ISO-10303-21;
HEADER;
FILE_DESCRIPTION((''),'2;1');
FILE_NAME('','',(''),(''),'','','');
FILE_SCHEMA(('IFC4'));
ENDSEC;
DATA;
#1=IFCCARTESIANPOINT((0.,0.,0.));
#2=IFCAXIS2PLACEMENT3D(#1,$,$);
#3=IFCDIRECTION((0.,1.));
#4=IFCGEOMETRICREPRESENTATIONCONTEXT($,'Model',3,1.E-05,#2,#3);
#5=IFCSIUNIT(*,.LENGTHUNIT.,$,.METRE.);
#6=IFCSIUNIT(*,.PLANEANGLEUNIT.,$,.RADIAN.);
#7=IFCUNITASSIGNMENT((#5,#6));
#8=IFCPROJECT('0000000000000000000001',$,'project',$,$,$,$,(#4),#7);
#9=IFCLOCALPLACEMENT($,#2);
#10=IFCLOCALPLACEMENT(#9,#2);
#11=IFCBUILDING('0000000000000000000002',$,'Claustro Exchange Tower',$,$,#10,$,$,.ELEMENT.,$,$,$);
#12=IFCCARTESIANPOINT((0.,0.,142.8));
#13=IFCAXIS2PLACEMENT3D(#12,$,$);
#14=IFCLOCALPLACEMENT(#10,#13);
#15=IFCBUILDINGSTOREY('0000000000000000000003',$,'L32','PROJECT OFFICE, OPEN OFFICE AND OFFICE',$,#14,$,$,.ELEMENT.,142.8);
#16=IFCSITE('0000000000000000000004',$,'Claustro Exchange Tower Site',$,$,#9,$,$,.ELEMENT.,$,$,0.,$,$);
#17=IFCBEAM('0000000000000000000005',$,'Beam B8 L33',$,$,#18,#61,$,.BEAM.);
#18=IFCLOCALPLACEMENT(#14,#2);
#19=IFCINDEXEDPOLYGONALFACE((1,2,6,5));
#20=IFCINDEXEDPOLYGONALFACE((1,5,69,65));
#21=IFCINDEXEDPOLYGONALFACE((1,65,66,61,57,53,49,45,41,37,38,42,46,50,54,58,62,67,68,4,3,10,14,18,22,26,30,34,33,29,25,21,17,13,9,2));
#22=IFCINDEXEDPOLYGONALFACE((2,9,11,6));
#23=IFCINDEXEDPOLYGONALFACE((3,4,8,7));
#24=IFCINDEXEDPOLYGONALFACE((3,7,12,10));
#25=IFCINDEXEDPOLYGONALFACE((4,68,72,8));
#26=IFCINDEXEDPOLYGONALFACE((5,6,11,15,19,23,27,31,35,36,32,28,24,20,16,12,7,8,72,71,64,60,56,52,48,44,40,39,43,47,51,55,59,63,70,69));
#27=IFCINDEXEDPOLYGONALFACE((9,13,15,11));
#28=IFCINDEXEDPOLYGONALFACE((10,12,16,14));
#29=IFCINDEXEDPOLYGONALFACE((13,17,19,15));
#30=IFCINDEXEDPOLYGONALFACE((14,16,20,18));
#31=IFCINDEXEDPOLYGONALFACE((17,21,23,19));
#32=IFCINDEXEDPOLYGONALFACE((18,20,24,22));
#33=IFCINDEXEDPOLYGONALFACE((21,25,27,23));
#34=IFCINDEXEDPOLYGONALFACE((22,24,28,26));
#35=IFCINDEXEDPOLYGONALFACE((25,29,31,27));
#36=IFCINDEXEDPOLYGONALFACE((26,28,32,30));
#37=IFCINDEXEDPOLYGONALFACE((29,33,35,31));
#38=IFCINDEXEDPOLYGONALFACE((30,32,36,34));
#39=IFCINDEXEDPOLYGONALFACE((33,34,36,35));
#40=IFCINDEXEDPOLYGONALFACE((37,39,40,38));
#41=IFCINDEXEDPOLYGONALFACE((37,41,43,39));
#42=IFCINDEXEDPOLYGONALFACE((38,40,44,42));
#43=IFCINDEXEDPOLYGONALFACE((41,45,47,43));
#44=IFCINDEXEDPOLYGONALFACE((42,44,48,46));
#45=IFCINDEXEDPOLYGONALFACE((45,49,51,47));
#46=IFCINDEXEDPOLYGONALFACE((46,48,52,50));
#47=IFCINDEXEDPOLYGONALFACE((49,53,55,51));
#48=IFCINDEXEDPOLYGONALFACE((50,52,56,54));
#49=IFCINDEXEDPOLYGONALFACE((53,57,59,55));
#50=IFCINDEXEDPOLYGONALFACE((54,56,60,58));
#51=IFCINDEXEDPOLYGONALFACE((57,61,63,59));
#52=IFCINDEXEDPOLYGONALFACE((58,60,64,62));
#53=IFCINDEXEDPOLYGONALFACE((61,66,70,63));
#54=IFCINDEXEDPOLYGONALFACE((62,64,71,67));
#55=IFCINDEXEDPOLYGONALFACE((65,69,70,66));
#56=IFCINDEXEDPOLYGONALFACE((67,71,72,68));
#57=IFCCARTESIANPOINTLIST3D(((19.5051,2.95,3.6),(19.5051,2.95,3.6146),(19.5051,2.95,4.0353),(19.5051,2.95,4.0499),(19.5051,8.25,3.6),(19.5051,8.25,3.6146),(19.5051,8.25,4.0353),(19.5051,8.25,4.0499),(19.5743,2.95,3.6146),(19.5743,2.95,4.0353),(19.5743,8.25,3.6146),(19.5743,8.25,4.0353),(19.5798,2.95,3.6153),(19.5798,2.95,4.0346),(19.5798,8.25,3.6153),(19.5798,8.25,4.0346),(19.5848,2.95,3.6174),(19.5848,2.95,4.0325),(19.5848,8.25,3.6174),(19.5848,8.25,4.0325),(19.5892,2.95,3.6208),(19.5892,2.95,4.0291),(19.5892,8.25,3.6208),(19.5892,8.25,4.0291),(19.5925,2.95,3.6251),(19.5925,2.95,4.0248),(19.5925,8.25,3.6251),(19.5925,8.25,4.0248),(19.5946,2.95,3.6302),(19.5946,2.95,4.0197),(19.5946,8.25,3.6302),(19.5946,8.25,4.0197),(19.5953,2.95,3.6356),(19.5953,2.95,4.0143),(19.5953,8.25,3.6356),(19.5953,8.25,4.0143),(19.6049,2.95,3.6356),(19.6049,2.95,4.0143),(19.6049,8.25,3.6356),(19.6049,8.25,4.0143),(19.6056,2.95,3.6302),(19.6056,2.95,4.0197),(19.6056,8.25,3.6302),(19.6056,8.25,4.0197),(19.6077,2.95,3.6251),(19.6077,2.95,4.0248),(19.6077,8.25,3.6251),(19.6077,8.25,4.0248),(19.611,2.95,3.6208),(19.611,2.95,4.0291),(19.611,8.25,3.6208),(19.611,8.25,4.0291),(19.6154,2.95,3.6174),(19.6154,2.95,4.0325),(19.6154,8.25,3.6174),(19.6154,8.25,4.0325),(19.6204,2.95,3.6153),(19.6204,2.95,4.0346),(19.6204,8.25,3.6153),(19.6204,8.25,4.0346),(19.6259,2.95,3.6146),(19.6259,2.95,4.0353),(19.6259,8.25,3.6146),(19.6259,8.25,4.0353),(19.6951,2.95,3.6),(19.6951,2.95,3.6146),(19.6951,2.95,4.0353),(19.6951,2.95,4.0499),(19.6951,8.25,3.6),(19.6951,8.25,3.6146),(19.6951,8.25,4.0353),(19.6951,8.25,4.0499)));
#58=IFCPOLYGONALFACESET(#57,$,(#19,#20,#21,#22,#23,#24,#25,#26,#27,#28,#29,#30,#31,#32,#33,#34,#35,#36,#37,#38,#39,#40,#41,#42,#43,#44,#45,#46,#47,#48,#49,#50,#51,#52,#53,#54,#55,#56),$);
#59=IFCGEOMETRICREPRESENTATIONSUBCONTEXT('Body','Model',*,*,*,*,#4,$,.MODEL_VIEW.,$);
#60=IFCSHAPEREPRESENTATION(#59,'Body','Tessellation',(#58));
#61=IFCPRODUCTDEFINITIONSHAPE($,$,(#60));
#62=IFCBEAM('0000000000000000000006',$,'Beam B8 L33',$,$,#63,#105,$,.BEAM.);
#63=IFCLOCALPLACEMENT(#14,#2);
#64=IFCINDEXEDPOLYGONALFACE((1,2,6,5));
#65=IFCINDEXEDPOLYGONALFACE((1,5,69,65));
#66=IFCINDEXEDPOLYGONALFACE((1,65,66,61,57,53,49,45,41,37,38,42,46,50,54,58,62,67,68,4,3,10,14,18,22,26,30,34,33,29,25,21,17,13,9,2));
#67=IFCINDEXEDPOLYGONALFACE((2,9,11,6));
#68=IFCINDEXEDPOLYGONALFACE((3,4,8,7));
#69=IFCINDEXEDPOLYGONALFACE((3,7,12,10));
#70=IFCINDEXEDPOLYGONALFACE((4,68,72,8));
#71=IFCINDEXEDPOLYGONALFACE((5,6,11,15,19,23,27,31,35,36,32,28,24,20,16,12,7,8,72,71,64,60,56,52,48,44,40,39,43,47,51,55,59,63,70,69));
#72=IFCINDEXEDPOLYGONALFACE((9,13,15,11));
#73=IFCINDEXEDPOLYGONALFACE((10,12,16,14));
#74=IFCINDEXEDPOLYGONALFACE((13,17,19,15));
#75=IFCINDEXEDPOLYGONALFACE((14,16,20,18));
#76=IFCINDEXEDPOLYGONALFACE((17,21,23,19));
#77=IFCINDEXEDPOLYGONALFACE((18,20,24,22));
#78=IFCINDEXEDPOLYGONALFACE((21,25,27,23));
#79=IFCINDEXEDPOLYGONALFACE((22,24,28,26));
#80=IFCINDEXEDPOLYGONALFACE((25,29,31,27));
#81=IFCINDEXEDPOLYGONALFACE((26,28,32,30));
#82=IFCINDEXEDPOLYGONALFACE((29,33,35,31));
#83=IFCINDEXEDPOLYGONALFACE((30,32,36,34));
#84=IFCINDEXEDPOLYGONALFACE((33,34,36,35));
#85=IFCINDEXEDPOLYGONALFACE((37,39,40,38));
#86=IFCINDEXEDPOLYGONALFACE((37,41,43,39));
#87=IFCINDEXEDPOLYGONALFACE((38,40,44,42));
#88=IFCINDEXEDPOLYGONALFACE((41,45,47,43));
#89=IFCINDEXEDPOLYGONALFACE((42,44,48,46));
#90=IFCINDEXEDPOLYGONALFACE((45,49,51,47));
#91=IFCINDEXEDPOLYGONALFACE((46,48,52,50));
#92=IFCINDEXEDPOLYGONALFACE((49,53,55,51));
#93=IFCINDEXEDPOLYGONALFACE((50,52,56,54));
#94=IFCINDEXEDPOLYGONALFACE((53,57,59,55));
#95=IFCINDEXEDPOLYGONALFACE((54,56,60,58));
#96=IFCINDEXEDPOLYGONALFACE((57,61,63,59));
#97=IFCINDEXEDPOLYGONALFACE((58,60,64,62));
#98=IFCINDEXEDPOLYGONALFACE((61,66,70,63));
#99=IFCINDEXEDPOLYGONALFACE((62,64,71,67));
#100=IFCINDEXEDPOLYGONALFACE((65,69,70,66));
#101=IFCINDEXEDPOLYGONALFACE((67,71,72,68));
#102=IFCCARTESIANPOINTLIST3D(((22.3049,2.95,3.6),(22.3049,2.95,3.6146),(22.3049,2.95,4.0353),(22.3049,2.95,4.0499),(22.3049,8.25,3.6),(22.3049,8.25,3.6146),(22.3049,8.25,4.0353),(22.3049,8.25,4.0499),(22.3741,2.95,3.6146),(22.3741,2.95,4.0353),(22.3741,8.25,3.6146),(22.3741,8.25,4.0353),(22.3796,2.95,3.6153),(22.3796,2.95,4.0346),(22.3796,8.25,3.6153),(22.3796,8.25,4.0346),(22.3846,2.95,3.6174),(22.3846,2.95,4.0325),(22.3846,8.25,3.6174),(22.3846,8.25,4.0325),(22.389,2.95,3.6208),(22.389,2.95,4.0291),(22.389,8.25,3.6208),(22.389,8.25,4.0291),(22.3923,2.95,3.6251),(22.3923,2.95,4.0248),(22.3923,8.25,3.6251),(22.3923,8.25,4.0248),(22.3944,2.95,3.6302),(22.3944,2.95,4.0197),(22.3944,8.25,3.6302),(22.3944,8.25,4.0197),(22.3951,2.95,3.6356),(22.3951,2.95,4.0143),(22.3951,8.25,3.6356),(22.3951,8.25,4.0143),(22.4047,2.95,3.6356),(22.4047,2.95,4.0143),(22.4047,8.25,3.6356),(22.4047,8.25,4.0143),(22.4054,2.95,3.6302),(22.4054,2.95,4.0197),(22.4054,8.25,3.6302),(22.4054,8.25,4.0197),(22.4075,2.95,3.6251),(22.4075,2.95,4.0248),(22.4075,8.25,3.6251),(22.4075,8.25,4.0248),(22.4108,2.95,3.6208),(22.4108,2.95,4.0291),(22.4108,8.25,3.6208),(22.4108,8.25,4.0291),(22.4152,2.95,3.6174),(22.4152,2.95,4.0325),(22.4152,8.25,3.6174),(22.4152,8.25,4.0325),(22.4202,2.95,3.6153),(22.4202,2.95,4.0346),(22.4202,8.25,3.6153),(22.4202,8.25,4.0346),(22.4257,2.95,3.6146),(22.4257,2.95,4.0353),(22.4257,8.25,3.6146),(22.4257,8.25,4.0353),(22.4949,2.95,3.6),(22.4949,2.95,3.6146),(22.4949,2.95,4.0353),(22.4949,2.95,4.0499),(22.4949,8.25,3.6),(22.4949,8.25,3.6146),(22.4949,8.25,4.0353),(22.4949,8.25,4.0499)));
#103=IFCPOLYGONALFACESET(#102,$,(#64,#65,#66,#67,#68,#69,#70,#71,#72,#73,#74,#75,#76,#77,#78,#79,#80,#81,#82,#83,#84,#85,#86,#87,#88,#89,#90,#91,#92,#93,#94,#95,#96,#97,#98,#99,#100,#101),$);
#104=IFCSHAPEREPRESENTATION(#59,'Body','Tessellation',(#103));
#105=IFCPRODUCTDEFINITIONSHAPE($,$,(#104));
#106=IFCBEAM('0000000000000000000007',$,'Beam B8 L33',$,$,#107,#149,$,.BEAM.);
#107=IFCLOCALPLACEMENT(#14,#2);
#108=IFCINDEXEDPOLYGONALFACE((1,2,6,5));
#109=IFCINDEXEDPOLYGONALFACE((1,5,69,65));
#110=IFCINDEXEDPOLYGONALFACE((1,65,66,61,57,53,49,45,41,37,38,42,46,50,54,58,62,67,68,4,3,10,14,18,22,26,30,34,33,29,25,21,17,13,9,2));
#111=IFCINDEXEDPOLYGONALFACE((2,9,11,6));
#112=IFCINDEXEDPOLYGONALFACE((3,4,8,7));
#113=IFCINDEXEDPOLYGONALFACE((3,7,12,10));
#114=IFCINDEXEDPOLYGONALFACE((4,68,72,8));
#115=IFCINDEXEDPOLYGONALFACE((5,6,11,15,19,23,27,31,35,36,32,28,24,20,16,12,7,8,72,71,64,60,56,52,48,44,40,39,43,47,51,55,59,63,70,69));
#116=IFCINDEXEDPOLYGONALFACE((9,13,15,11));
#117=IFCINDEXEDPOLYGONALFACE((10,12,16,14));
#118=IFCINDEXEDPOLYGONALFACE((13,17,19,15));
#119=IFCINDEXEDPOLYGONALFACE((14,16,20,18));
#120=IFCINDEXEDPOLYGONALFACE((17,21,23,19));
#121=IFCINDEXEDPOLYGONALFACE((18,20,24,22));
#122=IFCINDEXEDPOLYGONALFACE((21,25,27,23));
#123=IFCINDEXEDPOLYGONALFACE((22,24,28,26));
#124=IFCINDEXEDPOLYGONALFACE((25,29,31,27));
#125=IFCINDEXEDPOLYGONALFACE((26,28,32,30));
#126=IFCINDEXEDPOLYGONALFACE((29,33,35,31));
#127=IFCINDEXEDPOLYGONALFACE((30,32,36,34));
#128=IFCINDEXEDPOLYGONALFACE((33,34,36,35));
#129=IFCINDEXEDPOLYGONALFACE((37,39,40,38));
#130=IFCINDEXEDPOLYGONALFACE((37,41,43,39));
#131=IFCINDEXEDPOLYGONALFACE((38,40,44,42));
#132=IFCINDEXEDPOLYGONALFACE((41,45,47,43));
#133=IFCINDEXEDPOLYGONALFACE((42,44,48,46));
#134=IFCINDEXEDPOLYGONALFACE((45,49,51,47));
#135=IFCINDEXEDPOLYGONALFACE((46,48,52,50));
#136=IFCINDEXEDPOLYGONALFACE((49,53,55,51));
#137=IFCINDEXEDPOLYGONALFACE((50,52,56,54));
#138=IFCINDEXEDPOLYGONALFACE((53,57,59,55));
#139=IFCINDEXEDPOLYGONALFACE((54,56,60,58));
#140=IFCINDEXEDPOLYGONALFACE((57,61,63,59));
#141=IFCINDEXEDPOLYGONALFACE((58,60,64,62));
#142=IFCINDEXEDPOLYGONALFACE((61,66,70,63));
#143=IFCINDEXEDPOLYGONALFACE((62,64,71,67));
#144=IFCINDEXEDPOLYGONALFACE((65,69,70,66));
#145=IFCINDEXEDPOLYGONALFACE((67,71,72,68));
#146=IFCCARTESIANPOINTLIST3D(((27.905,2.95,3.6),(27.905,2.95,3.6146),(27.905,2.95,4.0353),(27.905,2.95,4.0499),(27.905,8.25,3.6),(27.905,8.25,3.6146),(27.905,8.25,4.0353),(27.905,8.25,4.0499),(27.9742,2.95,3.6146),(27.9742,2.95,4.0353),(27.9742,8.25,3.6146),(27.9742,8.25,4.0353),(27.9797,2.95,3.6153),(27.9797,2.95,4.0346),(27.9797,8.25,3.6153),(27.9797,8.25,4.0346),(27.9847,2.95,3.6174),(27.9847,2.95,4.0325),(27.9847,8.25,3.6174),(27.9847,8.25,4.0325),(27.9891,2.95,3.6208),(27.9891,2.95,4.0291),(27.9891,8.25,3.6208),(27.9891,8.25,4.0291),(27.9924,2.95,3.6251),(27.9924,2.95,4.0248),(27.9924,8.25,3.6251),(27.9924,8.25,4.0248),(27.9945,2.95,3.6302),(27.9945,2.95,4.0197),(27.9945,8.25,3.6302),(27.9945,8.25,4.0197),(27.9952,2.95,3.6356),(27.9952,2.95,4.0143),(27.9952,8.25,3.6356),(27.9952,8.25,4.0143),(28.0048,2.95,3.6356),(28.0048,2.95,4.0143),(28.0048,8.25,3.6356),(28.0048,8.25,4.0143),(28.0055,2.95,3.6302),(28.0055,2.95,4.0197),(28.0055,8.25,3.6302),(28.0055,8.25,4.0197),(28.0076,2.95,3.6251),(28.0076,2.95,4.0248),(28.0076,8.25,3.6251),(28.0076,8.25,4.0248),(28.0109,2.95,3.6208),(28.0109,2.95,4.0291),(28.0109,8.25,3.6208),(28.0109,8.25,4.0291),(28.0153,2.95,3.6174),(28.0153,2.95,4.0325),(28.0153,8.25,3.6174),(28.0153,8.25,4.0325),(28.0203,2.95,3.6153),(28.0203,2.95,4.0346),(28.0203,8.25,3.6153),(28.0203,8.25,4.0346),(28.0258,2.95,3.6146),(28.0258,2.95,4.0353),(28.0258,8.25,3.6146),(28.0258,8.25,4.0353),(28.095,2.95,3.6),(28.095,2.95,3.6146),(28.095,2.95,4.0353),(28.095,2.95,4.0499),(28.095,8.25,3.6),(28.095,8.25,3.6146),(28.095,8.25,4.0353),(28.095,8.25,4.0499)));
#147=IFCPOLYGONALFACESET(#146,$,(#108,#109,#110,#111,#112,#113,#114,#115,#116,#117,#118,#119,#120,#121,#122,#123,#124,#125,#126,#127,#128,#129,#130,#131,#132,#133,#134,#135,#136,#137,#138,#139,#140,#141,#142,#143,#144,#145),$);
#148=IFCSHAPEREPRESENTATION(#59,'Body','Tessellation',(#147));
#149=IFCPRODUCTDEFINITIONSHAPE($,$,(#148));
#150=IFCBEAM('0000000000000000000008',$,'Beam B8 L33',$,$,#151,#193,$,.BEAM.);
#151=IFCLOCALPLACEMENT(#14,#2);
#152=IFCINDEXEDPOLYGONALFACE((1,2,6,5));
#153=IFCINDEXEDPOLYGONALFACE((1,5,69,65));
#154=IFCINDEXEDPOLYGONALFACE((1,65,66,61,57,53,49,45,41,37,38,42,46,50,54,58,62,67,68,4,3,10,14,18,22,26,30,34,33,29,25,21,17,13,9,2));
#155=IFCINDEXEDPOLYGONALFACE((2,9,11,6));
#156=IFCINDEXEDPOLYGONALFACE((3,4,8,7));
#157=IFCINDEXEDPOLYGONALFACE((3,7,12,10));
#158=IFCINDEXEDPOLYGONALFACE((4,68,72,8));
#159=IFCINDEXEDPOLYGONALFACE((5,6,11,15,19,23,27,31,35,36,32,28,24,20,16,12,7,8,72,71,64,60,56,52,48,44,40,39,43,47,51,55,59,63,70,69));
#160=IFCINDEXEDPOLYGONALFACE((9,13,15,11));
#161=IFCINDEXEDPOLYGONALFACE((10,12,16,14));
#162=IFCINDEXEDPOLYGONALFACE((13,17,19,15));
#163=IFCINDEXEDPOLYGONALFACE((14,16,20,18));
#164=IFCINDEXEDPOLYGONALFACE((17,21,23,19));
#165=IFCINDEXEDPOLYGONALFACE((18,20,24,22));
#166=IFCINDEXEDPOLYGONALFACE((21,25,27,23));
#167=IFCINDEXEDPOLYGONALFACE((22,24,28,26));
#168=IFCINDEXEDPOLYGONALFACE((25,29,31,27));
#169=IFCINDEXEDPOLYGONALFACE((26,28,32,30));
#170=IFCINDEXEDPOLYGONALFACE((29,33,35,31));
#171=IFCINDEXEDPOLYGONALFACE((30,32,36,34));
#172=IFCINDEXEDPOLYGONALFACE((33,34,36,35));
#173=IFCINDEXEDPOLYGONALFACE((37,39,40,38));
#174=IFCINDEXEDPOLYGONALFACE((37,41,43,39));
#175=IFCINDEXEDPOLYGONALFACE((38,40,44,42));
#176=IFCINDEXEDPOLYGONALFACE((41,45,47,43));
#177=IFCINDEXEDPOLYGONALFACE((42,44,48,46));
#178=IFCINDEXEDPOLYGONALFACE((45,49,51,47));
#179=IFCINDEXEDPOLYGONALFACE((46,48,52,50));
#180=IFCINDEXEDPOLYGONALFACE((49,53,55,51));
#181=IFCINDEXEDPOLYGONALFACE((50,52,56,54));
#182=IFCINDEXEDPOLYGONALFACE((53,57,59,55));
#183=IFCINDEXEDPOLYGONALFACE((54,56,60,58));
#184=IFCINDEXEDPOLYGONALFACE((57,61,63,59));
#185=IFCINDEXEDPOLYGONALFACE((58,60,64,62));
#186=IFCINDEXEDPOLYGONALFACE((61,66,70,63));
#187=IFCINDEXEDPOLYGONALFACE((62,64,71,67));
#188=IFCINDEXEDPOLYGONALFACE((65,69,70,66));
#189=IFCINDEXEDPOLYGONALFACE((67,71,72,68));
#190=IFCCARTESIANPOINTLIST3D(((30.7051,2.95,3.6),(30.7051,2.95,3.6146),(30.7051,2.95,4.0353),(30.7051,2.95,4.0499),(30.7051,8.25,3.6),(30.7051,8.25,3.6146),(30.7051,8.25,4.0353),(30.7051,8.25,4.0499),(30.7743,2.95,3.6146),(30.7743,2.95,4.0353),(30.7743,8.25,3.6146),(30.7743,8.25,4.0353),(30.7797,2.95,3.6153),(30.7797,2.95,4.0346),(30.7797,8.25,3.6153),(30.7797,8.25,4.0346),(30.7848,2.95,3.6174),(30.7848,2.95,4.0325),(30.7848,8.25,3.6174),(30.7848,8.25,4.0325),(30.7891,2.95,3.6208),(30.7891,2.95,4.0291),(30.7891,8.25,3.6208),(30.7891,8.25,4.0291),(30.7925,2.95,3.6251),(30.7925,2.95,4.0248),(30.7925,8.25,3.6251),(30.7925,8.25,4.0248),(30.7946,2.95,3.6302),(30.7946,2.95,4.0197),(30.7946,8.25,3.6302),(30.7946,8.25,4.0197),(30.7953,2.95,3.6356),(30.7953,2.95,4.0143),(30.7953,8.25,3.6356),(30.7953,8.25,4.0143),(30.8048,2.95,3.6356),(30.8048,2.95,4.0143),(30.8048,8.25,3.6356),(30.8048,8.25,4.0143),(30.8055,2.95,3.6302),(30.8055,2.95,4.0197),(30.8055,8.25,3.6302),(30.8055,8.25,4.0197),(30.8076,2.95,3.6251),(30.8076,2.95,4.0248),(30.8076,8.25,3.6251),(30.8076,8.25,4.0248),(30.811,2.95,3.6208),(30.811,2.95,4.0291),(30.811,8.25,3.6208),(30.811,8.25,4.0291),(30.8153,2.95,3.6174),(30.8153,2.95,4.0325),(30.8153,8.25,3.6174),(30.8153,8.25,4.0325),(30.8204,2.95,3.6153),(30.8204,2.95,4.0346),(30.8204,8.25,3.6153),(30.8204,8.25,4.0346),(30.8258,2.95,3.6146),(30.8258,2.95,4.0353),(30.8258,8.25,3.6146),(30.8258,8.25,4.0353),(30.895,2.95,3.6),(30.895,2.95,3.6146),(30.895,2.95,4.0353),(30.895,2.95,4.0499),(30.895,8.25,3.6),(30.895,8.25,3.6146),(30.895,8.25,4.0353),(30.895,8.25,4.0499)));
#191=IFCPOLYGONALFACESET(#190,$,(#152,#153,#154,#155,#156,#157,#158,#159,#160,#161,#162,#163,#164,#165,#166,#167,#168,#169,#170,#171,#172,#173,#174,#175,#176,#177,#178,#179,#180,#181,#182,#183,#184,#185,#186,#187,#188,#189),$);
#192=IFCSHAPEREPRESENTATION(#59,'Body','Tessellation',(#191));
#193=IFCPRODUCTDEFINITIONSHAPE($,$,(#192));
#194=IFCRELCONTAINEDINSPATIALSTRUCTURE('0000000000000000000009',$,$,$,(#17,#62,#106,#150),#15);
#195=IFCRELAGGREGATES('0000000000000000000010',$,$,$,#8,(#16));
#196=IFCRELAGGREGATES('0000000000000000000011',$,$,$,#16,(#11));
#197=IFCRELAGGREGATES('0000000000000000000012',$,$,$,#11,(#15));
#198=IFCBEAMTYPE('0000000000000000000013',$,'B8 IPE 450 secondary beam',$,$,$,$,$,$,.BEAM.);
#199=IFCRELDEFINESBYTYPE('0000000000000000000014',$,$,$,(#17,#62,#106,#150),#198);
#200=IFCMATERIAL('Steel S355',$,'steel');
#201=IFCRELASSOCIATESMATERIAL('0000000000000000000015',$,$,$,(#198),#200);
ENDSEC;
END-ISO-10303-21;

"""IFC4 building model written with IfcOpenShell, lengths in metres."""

from ifc_helpers import new_model, si_unit, direction, frame, origin, origin_2d, place, context, subcontext, project, spatial, i_section, extrude, material, material_profile, profile_set, type_object, element, save


model = new_model("IFC4")

# Units and contexts
model_context = context("Model", 3, precision=1e-05, world=origin(), true_north=direction((0.0, 1.0)))
body_context = subcontext(model_context, "Body", "Model", "MODEL_VIEW")
ifc_project = project(units=[si_unit("LENGTHUNIT", "METRE"), si_unit("PLANEANGLEUNIT", "RADIAN")], contexts=[model_context])

# Site, building, storey
site_placement = place(None, origin())
site = spatial("IfcSite", under=ifc_project, at=site_placement, Name="Claustro Exchange Tower Site", CompositionType="ELEMENT", RefElevation=0.0)
building_placement = place(site_placement, origin())
building = spatial("IfcBuilding", under=site, at=building_placement, Name="Claustro Exchange Tower", CompositionType="ELEMENT")
storey_placement = place(building_placement, frame((0.0, 0.0, 142.8)))
storey = spatial("IfcBuildingStorey", under=building, at=storey_placement, Name="L32", Description="PROJECT OFFICE, OPEN OFFICE AND OFFICE", CompositionType="ELEMENT", Elevation=142.8)

# Beams
ifc_material_1 = material(Name="Steel S355", Category="steel")
ifc_material_profile_1 = material_profile(ifc_material_1, i_section(OverallWidth=0.1899, OverallDepth=0.45, WebThickness=0.0095, FlangeThickness=0.0146, FilletRadius=0.021, at=origin_2d()), Name="IPE 450")
ifc_profile_set_1 = profile_set([ifc_material_profile_1], Name="Steel S355")
beam_type_1 = type_object("IfcBeamType", Name="B8 IPE 450 secondary beam", PredefinedType="BEAM", material=ifc_profile_set_1)
for number, where, z_axis, x_axis, name in (
    (1, (19.6001, 2.95, 3.825), (0.0, 1.0, 0.0), (-1.0, 0.0, 0.0), "Beam B8 L33"),
    (2, (22.3999, 2.95, 3.825), (0.0, 1.0, 0.0), (-1.0, 0.0, 0.0), "Beam B8 L33"),
    (3, (28.0, 2.95, 3.825), (0.0, 1.0, 0.0), (-1.0, 0.0, 0.0), "Beam B8 L33"),
    (4, (30.8, 2.95, 3.825), (0.0, 1.0, 0.0), (-1.0, 0.0, 0.0), "Beam B8 L33"),
):
    element("IfcBeam", number, at=place(storey_placement, frame(where, z_axis=z_axis, x_axis=x_axis)), inside=storey, type_object=beam_type_1, Name=name, PredefinedType="BEAM", context=body_context, shape_type="SweptSolid", body=[
        extrude(i_section(OverallWidth=0.1899, OverallDepth=0.45, WebThickness=0.0095, FlangeThickness=0.0146, FilletRadius=0.021, at=origin_2d()), origin(), (0.0, 0.0, 1.0), 5.3),
    ])

save(model, "model.ifc")
